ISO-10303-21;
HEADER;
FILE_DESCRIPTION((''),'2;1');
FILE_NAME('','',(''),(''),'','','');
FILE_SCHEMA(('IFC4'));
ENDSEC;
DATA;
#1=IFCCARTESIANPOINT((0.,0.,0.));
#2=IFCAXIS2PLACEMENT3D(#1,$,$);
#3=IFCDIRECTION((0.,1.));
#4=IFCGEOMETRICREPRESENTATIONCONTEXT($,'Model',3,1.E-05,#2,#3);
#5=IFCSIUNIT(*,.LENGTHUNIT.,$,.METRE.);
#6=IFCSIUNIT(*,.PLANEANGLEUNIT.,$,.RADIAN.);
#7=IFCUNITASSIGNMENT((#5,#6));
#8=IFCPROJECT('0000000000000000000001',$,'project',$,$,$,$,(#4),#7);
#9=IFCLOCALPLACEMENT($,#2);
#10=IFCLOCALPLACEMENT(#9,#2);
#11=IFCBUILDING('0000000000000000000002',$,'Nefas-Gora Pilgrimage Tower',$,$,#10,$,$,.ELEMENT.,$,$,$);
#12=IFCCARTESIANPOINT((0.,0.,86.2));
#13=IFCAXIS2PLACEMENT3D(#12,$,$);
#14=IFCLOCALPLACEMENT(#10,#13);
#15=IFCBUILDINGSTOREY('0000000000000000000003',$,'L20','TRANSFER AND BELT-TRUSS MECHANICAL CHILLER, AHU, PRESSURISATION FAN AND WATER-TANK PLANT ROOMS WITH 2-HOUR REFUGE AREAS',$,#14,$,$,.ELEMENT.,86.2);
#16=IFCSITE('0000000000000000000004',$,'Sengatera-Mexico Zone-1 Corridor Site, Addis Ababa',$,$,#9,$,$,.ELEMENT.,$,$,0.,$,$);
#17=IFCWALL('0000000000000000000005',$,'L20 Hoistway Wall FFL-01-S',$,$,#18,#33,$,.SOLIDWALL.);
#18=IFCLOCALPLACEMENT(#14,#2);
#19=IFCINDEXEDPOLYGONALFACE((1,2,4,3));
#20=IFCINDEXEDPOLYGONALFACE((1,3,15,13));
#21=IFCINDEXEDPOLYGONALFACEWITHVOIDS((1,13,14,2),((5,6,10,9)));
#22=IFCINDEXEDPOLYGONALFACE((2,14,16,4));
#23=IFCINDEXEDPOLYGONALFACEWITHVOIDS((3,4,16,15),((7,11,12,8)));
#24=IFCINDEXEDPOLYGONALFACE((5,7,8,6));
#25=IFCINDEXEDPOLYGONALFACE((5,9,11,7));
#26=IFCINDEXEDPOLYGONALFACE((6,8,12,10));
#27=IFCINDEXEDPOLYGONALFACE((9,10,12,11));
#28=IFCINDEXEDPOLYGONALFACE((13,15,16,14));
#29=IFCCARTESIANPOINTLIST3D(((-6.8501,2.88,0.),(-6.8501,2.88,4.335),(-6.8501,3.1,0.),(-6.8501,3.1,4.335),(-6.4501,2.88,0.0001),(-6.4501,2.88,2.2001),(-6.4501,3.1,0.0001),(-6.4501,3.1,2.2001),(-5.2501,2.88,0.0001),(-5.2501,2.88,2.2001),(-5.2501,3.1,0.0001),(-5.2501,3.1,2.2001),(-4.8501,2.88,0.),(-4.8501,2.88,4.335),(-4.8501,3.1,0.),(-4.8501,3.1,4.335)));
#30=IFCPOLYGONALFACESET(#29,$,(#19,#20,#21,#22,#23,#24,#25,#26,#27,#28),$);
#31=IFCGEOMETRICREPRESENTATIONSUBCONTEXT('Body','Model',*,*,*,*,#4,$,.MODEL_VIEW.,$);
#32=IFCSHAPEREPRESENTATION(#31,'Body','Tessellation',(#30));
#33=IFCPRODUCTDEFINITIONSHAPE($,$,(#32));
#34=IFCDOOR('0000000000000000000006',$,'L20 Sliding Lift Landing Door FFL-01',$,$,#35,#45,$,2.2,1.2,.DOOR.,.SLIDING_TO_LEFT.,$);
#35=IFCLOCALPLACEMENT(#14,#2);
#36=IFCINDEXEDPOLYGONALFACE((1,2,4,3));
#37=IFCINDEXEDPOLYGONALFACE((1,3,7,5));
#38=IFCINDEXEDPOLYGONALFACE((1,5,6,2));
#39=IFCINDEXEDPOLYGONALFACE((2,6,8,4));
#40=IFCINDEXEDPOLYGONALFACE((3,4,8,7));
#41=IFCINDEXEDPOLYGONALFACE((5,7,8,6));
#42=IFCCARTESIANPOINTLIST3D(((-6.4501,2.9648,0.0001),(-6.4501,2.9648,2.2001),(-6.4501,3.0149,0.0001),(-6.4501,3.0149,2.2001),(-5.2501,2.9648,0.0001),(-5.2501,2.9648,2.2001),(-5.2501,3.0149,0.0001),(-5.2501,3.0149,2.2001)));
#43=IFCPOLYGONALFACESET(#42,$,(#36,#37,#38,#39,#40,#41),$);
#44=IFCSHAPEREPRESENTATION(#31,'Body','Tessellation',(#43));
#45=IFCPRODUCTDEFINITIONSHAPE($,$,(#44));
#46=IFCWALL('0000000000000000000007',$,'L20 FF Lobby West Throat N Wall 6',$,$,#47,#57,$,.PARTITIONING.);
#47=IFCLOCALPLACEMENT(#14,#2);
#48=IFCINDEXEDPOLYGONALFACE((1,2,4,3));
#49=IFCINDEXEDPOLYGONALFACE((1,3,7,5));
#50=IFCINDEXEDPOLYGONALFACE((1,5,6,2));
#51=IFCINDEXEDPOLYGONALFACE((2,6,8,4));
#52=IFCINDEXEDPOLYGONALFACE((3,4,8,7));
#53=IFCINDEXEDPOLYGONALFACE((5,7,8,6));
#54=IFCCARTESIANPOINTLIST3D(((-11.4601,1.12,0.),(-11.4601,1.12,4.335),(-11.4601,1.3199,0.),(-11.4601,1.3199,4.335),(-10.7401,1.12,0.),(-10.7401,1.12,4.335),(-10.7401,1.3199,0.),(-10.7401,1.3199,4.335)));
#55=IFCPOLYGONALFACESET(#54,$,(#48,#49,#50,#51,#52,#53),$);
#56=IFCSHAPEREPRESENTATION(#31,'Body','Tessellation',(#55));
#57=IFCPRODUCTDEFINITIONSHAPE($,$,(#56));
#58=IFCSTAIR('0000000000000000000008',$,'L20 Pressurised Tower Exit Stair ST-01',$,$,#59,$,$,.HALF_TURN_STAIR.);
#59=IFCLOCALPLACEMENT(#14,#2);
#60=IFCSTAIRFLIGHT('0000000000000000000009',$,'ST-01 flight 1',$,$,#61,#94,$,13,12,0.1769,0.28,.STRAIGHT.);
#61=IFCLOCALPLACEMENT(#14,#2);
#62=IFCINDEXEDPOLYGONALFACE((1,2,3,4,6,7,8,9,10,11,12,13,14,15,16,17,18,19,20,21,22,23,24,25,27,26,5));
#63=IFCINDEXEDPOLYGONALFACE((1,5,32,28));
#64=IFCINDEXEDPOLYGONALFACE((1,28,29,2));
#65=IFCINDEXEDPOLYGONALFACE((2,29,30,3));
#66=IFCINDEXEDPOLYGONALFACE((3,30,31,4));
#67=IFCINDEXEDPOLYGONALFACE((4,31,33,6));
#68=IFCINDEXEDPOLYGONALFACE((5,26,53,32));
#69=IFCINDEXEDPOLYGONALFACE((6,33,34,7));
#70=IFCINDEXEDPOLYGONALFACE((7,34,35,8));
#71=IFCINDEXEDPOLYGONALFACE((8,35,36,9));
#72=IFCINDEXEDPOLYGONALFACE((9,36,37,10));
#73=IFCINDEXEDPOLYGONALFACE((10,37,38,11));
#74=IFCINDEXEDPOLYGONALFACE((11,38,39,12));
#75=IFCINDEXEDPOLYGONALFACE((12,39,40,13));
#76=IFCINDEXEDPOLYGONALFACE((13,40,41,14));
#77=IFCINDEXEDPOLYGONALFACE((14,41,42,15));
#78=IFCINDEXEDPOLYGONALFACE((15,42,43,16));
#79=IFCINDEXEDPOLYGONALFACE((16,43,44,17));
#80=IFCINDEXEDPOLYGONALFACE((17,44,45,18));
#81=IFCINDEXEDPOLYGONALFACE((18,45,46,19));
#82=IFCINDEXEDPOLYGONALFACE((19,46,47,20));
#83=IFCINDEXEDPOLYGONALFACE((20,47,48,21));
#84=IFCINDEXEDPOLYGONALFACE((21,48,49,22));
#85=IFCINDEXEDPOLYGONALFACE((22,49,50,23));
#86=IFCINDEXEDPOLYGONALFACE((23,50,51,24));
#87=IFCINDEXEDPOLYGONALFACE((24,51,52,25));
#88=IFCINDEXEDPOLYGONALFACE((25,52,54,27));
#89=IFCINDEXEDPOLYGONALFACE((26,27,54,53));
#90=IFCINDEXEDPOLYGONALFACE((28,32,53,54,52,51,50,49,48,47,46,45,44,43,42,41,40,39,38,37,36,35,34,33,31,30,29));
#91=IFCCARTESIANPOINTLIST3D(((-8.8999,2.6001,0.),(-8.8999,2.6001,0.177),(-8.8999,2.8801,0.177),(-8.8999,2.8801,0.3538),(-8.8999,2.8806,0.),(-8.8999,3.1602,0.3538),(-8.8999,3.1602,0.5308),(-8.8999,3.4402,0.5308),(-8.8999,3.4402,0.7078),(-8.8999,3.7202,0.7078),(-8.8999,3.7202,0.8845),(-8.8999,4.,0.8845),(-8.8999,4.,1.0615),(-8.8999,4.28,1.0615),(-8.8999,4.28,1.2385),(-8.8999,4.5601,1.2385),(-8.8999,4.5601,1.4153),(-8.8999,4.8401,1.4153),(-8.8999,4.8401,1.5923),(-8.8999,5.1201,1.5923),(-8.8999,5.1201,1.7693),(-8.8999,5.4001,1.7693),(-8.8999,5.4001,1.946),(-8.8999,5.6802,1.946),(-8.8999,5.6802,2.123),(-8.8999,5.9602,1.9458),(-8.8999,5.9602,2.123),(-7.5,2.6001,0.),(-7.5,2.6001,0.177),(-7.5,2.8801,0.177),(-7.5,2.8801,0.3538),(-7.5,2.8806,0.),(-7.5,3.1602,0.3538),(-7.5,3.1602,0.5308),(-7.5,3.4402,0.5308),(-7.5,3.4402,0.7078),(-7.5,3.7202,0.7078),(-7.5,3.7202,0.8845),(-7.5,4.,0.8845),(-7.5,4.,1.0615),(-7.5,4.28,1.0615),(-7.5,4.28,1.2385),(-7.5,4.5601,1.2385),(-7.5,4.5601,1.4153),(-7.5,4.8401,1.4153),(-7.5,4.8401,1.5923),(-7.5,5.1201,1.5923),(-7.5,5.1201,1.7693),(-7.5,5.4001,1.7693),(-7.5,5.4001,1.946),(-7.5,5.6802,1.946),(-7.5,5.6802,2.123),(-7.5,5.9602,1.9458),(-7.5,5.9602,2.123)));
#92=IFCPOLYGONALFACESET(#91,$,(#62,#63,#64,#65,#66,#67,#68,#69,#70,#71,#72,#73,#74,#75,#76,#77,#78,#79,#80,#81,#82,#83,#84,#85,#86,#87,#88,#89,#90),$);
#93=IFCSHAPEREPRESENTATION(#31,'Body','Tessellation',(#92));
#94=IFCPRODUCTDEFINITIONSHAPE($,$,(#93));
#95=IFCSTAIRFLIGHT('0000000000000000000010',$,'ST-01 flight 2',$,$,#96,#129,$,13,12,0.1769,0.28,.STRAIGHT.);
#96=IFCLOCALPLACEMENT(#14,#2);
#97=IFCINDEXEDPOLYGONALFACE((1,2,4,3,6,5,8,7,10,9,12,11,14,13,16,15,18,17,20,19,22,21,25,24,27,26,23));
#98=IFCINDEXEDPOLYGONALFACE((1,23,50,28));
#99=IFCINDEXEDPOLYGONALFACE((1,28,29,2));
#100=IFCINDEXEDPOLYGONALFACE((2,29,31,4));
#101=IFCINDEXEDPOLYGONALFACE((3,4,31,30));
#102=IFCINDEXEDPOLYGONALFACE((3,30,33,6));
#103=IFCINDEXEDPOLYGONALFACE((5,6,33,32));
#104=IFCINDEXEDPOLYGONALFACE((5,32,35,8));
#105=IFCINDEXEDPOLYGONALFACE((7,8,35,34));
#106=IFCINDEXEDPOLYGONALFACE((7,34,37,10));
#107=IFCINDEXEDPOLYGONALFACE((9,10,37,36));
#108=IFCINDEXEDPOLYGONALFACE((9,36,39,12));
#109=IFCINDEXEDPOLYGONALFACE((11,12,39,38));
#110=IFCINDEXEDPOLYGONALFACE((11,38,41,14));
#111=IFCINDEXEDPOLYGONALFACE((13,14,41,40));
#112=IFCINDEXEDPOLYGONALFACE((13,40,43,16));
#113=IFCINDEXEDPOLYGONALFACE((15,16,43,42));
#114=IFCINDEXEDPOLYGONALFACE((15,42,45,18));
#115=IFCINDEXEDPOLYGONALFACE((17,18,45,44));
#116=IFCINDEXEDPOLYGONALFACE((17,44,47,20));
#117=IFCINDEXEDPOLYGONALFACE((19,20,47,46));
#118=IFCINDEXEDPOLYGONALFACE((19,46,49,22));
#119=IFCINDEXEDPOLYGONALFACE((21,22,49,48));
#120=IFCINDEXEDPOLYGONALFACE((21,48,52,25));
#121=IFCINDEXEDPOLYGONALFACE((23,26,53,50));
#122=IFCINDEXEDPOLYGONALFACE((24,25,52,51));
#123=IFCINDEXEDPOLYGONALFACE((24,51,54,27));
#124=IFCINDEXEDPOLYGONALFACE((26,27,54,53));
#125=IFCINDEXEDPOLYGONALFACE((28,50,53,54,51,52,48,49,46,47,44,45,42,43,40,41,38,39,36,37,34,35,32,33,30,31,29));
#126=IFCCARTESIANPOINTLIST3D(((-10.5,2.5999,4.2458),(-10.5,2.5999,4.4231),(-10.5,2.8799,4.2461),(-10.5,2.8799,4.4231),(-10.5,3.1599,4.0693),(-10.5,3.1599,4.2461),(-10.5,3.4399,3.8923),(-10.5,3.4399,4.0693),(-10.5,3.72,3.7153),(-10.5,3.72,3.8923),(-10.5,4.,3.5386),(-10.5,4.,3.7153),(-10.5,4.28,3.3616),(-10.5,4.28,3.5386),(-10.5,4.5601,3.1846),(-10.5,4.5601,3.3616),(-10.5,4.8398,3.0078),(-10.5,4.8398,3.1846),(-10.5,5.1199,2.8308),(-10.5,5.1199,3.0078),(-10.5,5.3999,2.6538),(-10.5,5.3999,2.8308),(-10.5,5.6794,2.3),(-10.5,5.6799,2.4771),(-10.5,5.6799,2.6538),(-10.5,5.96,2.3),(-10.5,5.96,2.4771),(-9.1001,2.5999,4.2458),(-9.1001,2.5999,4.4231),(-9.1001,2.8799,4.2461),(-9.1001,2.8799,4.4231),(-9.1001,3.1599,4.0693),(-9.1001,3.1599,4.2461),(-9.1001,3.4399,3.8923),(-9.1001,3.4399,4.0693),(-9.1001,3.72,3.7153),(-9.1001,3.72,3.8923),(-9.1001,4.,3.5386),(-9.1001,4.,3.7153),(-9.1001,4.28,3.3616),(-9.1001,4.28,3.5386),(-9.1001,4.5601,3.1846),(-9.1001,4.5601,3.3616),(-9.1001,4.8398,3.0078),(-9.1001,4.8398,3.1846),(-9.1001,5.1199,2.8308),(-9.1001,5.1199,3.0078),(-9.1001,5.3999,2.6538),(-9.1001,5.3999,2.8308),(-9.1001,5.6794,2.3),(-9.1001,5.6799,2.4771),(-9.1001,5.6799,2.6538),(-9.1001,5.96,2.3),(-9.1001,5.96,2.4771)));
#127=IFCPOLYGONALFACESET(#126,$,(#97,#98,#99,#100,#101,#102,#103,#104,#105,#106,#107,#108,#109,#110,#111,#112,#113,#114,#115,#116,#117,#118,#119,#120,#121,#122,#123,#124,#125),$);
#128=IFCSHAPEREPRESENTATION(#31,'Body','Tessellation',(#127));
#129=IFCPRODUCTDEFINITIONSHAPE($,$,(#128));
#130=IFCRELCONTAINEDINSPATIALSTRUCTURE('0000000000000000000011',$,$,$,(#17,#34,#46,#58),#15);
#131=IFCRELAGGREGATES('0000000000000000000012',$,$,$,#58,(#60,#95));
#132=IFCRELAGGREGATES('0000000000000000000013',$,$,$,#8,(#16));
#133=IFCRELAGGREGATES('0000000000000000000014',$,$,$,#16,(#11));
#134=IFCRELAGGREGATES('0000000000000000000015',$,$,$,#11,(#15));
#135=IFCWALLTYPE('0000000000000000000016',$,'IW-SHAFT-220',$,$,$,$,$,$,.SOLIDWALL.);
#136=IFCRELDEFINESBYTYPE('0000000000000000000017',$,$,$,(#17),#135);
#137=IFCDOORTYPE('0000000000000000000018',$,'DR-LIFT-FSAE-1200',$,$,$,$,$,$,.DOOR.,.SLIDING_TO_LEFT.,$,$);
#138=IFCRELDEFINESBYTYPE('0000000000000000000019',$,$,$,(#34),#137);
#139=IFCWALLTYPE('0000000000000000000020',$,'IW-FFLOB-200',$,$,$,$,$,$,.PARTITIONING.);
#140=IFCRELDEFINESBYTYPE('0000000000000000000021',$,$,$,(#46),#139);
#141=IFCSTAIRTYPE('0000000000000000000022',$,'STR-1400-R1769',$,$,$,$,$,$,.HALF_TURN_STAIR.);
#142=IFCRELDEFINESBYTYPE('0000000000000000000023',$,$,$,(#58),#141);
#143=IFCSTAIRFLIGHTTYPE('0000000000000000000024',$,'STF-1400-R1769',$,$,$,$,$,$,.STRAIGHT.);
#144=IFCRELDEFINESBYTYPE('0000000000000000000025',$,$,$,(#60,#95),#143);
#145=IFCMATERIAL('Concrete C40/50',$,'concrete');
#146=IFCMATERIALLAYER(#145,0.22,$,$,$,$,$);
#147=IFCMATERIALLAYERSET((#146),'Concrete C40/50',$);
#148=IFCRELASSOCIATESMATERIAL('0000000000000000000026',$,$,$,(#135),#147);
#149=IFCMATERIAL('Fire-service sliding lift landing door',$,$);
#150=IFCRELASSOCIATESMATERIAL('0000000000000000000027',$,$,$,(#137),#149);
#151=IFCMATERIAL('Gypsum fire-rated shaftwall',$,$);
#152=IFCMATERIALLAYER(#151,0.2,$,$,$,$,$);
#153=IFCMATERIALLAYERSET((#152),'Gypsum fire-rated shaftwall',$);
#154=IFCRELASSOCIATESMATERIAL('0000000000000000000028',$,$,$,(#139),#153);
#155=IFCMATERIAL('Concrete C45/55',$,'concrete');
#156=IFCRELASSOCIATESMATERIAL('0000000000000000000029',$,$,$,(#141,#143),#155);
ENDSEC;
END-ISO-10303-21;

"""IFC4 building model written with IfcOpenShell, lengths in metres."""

from ifc_helpers import new_model, si_unit, direction, frame, frame_2d, origin, place, context, subcontext, project, spatial, polyline, rectangle, outline, extrude, source, transform, mapped, material, layer, layer_set, type_object, element, fill, aggregate, save


model = new_model("IFC4")

# Units and contexts
model_context = context("Model", 3, precision=1e-05, world=origin(), true_north=direction((0.0, 1.0)))
body_context = subcontext(model_context, "Body", "Model", "MODEL_VIEW")
ifc_project = project(units=[si_unit("LENGTHUNIT", "METRE"), si_unit("PLANEANGLEUNIT", "RADIAN")], contexts=[model_context])

# Site, building, storey
site_placement = place(None, origin())
site = spatial("IfcSite", under=ifc_project, at=site_placement, Name="Sengatera-Mexico Zone-1 Corridor Site, Addis Ababa", CompositionType="ELEMENT", RefElevation=0.0)
building_placement = place(site_placement, origin())
building = spatial("IfcBuilding", under=site, at=building_placement, Name="Nefas-Gora Pilgrimage Tower", CompositionType="ELEMENT")
storey_placement = place(building_placement, frame((0.0, 0.0, 86.2)))
storey = spatial("IfcBuildingStorey", under=building, at=storey_placement, Name="L20", Description="TRANSFER AND BELT-TRUSS MECHANICAL CHILLER, AHU, PRESSURISATION FAN AND WATER-TANK PLANT ROOMS WITH 2-HOUR REFUGE AREAS", CompositionType="ELEMENT", Elevation=86.2)

# Shared definitions
ifc_material_1 = material(Name="Concrete C45/55", Category="concrete")

# Wall, opening, door
ifc_material_2 = material(Name="Concrete C40/50", Category="concrete")
ifc_layer_1 = layer(ifc_material_2, 0.22)
ifc_layer_set_1 = layer_set([ifc_layer_1], Name="Concrete C40/50")
wall_type_1 = type_object("IfcWallType", Name="IW-SHAFT-220", PredefinedType="SOLIDWALL", material=ifc_layer_set_1)
shared_shape_1 = source(origin(), body_context, "Body", "SweptSolid", [
    extrude(rectangle(XDim=2.0, YDim=0.22, at=frame_2d((1.0, 0.0))), origin(), (0.0, 0.0, 1.0), 4.335),
])
wall_1_placement = place(storey_placement, frame((-6.8501, 2.99, 0.0), z_axis=(0.0, 0.0, 1.0), x_axis=(1.0, 0.0, 0.0)))
wall_1 = element("IfcWall", 1, at=wall_1_placement, inside=storey, type_object=wall_type_1, Name="L20 Hoistway Wall FFL-01-S", PredefinedType="SOLIDWALL", context=body_context, shape_type="MappedRepresentation", body=[
    mapped(shared_shape_1, transform((0.0, 0.0, 0.0), x_axis=(1.0, 0.0, 0.0), y_axis=(0.0, 1.0, 0.0), z_axis=(0.0, 0.0, 1.0), scale=1.0)),
])
opening_1_placement = place(wall_1_placement, frame((0.3999, 0.0, 0.0)))
opening_1 = element("IfcOpeningElement", 2, at=opening_1_placement, cuts=wall_1, PredefinedType="OPENING", context=body_context, shape_type="SweptSolid", body=[
    extrude(rectangle(XDim=1.2, YDim=2.2, at=frame_2d((0.6001, 1.1001))), frame((0.0, 0.1199, 0.0), z_axis=(0.0, -1.0, 0.0), x_axis=(1.0, 0.0, 0.0)), (0.0, 0.0, 1.0), 0.24),
])
ifc_material_3 = material(Name="Fire-service sliding lift landing door")
door_type_1 = type_object("IfcDoorType", Name="DR-LIFT-FSAE-1200", OperationType="SLIDING_TO_LEFT", PredefinedType="DOOR", material=ifc_material_3)
shared_shape_2 = source(origin(), body_context, "Body", "SweptSolid", [
    extrude(rectangle(XDim=1.2, YDim=2.2, at=frame_2d((0.6001, 1.1001))), frame((0.0, 0.0249, 0.0), z_axis=(0.0, -1.0, 0.0), x_axis=(1.0, 0.0, 0.0)), (0.0, 0.0, 1.0), 0.05),
])
door_1_placement = place(opening_1_placement, origin())
door_1 = element("IfcDoor", 3, at=door_1_placement, inside=storey, type_object=door_type_1, Name="L20 Sliding Lift Landing Door FFL-01", OperationType="SLIDING_TO_LEFT", OverallHeight=2.2, OverallWidth=1.2, PredefinedType="DOOR", context=body_context, shape_type="MappedRepresentation", body=[
    mapped(shared_shape_2, transform((0.0, 0.0, 0.0), x_axis=(1.0, 0.0, 0.0), y_axis=(0.0, 1.0, 0.0), z_axis=(0.0, 0.0, 1.0), scale=1.0)),
])
fill(opening_1, door_1)

# Wall
ifc_material_4 = material(Name="Gypsum fire-rated shaftwall")
ifc_layer_2 = layer(ifc_material_4, 0.2)
ifc_layer_set_2 = layer_set([ifc_layer_2], Name="Gypsum fire-rated shaftwall")
wall_type_2 = type_object("IfcWallType", Name="IW-FFLOB-200", PredefinedType="PARTITIONING", material=ifc_layer_set_2)
shared_shape_3 = source(origin(), body_context, "Body", "SweptSolid", [
    extrude(rectangle(XDim=0.72, YDim=0.2, at=frame_2d((0.3599, 0.0))), origin(), (0.0, 0.0, 1.0), 4.335),
])
wall_2_placement = place(storey_placement, frame((-11.46, 1.22, 0.0), z_axis=(0.0, 0.0, 1.0), x_axis=(1.0, 0.0, 0.0)))
element("IfcWall", 4, at=wall_2_placement, inside=storey, type_object=wall_type_2, Name="L20 FF Lobby West Throat N Wall 6", PredefinedType="PARTITIONING", context=body_context, shape_type="MappedRepresentation", body=[
    mapped(shared_shape_3, transform((0.0, 0.0, 0.0), x_axis=(1.0, 0.0, 0.0), y_axis=(0.0, 1.0, 0.0), z_axis=(0.0, 0.0, 1.0), scale=1.0)),
])

# Stair, stair flights
stair_type = type_object("IfcStairType", Name="STR-1400-R1769", PredefinedType="HALF_TURN_STAIR", material=ifc_material_1)
stair_placement = place(storey_placement, origin())
stair = element("IfcStair", 5, at=stair_placement, inside=storey, type_object=stair_type, Name="L20 Pressurised Tower Exit Stair ST-01", PredefinedType="HALF_TURN_STAIR")
stair_flight_type = type_object("IfcStairFlightType", Name="STF-1400-R1769", PredefinedType="STRAIGHT", material=ifc_material_1)
shared_shape_4 = source(origin(), body_context, "Body", "SweptSolid", [
    extrude(outline(polyline([(0.0, 0.0), (0.0, 0.177), (0.28, 0.177), (0.28, 0.3538), (0.5601, 0.3538), (0.5601, 0.5308), (0.8401, 0.5308), (0.8401, 0.7078), (1.1201, 0.7078), (1.1201, 0.8845), (1.3999, 0.8845), (1.3999, 1.0615), (1.6799, 1.0615), (1.6799, 1.2385), (1.96, 1.2385), (1.96, 1.4153), (2.24, 1.4153), (2.24, 1.5923), (2.52, 1.5923), (2.52, 1.7693), (2.8, 1.7693), (2.8, 1.946), (3.0801, 1.946), (3.0801, 2.123), (3.3601, 2.123), (3.3601, 2.3), (3.3601, 1.9458), (0.2805, 0.0), (0.0, 0.0)])), frame((0.0, 0.7, 0.0), z_axis=(0.0, -1.0, 0.0), x_axis=(1.0, 0.0, 0.0)), (0.0, 0.0, 1.0), 1.3999),
])
stair_flight_1_placement = place(storey_placement, frame((-8.2, 2.6001, 0.0), z_axis=(0.0, 0.0, 1.0), x_axis=(0.0, 1.0, 0.0)))
stair_flight_1 = element("IfcStairFlight", 6, at=stair_flight_1_placement, type_object=stair_flight_type, Name="ST-01 flight 1", NumberOfRisers=13, NumberOfTreads=12, PredefinedType="STRAIGHT", RiserHeight=0.1769, TreadLength=0.28, context=body_context, shape_type="MappedRepresentation", body=[
    mapped(shared_shape_4, transform((0.0, 0.0, 0.0), x_axis=(1.0, 0.0, 0.0), y_axis=(0.0, 1.0, 0.0), z_axis=(0.0, 0.0, 1.0), scale=1.0)),
])
stair_flight_2_placement = place(storey_placement, frame((-9.8, 5.96, 2.3), z_axis=(0.0, 0.0, 1.0), x_axis=(0.0, -1.0, 0.0)))
stair_flight_2 = element("IfcStairFlight", 7, at=stair_flight_2_placement, type_object=stair_flight_type, Name="ST-01 flight 2", NumberOfRisers=13, NumberOfTreads=12, PredefinedType="STRAIGHT", RiserHeight=0.1769, TreadLength=0.28, context=body_context, shape_type="MappedRepresentation", body=[
    mapped(shared_shape_4, transform((0.0, 0.0, 0.0), x_axis=(1.0, 0.0, 0.0), y_axis=(0.0, 1.0, 0.0), z_axis=(0.0, 0.0, 1.0), scale=1.0)),
])
aggregate(stair, [stair_flight_1, stair_flight_2])

save(model, "model.ifc")
